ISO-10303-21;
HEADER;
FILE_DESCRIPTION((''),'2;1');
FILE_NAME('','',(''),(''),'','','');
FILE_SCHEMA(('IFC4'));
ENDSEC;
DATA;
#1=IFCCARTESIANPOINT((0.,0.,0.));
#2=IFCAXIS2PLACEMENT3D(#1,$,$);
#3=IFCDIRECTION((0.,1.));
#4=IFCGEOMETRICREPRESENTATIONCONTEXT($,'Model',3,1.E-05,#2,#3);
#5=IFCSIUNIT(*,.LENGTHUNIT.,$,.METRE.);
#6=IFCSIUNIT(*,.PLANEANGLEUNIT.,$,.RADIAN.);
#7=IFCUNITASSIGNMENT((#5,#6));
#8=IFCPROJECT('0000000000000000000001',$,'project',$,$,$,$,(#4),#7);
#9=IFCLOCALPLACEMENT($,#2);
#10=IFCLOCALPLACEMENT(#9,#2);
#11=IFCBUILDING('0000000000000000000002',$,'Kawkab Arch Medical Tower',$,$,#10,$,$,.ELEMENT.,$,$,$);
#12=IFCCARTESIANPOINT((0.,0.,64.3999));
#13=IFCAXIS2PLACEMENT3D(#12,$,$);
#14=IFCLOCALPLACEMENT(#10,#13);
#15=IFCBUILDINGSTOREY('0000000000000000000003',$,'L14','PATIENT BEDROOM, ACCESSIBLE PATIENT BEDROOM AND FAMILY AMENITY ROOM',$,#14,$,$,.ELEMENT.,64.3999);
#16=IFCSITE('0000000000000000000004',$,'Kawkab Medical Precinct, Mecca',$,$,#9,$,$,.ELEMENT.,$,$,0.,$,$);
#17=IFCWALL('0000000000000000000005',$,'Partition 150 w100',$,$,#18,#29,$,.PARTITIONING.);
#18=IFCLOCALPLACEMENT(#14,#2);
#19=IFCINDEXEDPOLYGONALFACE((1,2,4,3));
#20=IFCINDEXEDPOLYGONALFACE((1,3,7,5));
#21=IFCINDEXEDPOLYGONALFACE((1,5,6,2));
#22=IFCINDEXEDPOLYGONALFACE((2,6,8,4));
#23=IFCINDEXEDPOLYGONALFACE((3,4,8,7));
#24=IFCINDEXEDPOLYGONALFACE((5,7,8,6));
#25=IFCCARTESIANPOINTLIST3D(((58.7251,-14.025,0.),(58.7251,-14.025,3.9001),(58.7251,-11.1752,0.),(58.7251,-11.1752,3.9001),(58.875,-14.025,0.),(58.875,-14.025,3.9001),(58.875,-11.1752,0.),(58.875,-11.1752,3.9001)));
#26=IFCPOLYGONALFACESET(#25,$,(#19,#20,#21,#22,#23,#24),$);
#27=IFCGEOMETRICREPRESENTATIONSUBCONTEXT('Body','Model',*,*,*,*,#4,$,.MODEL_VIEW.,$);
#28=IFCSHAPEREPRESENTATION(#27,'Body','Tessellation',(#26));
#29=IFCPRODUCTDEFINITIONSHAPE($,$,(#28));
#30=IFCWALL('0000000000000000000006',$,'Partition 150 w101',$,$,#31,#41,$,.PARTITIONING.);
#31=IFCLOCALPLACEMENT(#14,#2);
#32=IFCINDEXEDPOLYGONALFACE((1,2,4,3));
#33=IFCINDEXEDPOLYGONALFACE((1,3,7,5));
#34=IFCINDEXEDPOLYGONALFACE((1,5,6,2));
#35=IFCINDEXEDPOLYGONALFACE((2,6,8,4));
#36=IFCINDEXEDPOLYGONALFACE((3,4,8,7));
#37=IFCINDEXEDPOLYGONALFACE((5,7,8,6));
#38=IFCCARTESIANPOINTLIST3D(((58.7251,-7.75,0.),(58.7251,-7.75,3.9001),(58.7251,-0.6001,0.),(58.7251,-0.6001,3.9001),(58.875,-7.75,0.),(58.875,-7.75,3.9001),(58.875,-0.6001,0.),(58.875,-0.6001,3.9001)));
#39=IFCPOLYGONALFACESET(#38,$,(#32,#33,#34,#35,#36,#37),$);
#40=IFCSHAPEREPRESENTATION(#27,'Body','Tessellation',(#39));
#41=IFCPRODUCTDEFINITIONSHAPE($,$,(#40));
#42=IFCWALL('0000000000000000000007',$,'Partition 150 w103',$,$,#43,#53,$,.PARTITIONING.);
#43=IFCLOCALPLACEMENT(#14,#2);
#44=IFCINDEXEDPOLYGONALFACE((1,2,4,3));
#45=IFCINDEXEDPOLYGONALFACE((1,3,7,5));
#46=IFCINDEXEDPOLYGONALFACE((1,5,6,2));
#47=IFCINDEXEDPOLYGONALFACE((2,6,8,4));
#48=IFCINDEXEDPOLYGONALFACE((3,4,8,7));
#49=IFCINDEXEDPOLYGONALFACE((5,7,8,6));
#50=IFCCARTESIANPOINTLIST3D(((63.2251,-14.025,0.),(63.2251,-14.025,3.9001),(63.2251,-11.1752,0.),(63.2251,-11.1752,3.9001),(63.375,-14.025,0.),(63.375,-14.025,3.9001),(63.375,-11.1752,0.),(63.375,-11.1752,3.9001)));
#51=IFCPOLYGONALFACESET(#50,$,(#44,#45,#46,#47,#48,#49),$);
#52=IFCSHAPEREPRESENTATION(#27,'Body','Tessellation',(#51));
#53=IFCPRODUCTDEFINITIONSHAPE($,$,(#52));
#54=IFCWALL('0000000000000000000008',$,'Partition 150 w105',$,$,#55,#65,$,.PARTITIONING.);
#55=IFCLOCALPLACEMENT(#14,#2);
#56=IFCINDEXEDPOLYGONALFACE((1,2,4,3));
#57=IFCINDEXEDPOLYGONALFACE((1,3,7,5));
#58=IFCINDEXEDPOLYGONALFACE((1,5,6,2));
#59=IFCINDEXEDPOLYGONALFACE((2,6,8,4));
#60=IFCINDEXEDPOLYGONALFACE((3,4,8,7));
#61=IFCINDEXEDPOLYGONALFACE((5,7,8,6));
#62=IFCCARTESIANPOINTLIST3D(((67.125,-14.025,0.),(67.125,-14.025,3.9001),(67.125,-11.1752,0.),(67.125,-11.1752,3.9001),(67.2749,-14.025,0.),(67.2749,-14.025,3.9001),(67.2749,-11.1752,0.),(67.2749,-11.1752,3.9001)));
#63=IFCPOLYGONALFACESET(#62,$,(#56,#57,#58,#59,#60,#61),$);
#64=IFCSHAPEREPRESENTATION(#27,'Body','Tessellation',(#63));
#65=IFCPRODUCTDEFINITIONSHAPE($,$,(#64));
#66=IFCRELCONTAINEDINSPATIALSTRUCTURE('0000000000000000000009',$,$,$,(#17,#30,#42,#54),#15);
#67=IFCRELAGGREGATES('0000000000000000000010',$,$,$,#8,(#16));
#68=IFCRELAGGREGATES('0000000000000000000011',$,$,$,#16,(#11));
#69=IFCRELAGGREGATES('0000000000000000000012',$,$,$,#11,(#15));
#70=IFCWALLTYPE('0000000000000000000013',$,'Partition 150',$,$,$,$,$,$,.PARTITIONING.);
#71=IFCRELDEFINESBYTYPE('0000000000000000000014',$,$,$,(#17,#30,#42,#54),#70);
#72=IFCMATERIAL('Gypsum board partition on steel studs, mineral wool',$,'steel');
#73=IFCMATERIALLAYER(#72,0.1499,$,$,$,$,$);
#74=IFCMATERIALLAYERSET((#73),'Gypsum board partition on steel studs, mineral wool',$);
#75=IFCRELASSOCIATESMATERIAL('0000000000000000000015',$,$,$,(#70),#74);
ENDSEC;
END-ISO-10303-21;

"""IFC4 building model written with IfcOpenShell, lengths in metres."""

from ifc_helpers import new_model, si_unit, direction, frame, frame_2d, origin, place, context, subcontext, project, spatial, rectangle, extrude, material, layer, layer_set, type_object, element, save


model = new_model("IFC4")

# Units and contexts
model_context = context("Model", 3, precision=1e-05, world=origin(), true_north=direction((0.0, 1.0)))
body_context = subcontext(model_context, "Body", "Model", "MODEL_VIEW")
ifc_project = project(units=[si_unit("LENGTHUNIT", "METRE"), si_unit("PLANEANGLEUNIT", "RADIAN")], contexts=[model_context])

# Site, building, storey
site_placement = place(None, origin())
site = spatial("IfcSite", under=ifc_project, at=site_placement, Name="Kawkab Medical Precinct, Mecca", CompositionType="ELEMENT", RefElevation=0.0)
building_placement = place(site_placement, origin())
building = spatial("IfcBuilding", under=site, at=building_placement, Name="Kawkab Arch Medical Tower", CompositionType="ELEMENT")
storey_placement = place(building_placement, frame((0.0, 0.0, 64.3999)))
storey = spatial("IfcBuildingStorey", under=building, at=storey_placement, Name="L14", Description="PATIENT BEDROOM, ACCESSIBLE PATIENT BEDROOM AND FAMILY AMENITY ROOM", CompositionType="ELEMENT", Elevation=64.3999)

# Shared definitions
ifc_material_1 = material(Name="Gypsum board partition on steel studs, mineral wool", Category="steel")
ifc_layer_1 = layer(ifc_material_1, 0.1499)
ifc_layer_set_1 = layer_set([ifc_layer_1], Name="Gypsum board partition on steel studs, mineral wool")
wall_type_1 = type_object("IfcWallType", Name="Partition 150", PredefinedType="PARTITIONING", material=ifc_layer_set_1)

# Walls
wall_1_placement = place(storey_placement, frame((58.8, -14.0249, 0.0), z_axis=(0.0, 0.0, 1.0), x_axis=(0.0, 1.0, 0.0)))
element("IfcWall", 1, at=wall_1_placement, inside=storey, type_object=wall_type_1, Name="Partition 150 w100", PredefinedType="PARTITIONING", context=body_context, shape_type="SweptSolid", body=[
    extrude(rectangle(XDim=2.8499, YDim=0.1499, at=frame_2d((1.4248, 0.0))), origin(), (0.0, 0.0, 1.0), 3.9001),
])
wall_2_placement = place(storey_placement, frame((58.8, -7.75, 0.0), z_axis=(0.0, 0.0, 1.0), x_axis=(0.0, 1.0, 0.0)))
element("IfcWall", 2, at=wall_2_placement, inside=storey, type_object=wall_type_1, Name="Partition 150 w101", PredefinedType="PARTITIONING", context=body_context, shape_type="SweptSolid", body=[
    extrude(rectangle(XDim=7.1499, YDim=0.1499, at=frame_2d((3.575, 0.0))), origin(), (0.0, 0.0, 1.0), 3.9001),
])
for number, where, z_axis, x_axis, name in (
    (3, (63.3, -14.0249, 0.0), (0.0, 0.0, 1.0), (0.0, 1.0, 0.0), "Partition 150 w103"),
    (4, (67.2, -14.0249, 0.0), (0.0, 0.0, 1.0), (0.0, 1.0, 0.0), "Partition 150 w105"),
):
    element("IfcWall", number, at=place(storey_placement, frame(where, z_axis=z_axis, x_axis=x_axis)), inside=storey, type_object=wall_type_1, Name=name, PredefinedType="PARTITIONING", context=body_context, shape_type="SweptSolid", body=[
        extrude(rectangle(XDim=2.8499, YDim=0.1499, at=frame_2d((1.4248, 0.0))), origin(), (0.0, 0.0, 1.0), 3.9001),
    ])

save(model, "model.ifc")
